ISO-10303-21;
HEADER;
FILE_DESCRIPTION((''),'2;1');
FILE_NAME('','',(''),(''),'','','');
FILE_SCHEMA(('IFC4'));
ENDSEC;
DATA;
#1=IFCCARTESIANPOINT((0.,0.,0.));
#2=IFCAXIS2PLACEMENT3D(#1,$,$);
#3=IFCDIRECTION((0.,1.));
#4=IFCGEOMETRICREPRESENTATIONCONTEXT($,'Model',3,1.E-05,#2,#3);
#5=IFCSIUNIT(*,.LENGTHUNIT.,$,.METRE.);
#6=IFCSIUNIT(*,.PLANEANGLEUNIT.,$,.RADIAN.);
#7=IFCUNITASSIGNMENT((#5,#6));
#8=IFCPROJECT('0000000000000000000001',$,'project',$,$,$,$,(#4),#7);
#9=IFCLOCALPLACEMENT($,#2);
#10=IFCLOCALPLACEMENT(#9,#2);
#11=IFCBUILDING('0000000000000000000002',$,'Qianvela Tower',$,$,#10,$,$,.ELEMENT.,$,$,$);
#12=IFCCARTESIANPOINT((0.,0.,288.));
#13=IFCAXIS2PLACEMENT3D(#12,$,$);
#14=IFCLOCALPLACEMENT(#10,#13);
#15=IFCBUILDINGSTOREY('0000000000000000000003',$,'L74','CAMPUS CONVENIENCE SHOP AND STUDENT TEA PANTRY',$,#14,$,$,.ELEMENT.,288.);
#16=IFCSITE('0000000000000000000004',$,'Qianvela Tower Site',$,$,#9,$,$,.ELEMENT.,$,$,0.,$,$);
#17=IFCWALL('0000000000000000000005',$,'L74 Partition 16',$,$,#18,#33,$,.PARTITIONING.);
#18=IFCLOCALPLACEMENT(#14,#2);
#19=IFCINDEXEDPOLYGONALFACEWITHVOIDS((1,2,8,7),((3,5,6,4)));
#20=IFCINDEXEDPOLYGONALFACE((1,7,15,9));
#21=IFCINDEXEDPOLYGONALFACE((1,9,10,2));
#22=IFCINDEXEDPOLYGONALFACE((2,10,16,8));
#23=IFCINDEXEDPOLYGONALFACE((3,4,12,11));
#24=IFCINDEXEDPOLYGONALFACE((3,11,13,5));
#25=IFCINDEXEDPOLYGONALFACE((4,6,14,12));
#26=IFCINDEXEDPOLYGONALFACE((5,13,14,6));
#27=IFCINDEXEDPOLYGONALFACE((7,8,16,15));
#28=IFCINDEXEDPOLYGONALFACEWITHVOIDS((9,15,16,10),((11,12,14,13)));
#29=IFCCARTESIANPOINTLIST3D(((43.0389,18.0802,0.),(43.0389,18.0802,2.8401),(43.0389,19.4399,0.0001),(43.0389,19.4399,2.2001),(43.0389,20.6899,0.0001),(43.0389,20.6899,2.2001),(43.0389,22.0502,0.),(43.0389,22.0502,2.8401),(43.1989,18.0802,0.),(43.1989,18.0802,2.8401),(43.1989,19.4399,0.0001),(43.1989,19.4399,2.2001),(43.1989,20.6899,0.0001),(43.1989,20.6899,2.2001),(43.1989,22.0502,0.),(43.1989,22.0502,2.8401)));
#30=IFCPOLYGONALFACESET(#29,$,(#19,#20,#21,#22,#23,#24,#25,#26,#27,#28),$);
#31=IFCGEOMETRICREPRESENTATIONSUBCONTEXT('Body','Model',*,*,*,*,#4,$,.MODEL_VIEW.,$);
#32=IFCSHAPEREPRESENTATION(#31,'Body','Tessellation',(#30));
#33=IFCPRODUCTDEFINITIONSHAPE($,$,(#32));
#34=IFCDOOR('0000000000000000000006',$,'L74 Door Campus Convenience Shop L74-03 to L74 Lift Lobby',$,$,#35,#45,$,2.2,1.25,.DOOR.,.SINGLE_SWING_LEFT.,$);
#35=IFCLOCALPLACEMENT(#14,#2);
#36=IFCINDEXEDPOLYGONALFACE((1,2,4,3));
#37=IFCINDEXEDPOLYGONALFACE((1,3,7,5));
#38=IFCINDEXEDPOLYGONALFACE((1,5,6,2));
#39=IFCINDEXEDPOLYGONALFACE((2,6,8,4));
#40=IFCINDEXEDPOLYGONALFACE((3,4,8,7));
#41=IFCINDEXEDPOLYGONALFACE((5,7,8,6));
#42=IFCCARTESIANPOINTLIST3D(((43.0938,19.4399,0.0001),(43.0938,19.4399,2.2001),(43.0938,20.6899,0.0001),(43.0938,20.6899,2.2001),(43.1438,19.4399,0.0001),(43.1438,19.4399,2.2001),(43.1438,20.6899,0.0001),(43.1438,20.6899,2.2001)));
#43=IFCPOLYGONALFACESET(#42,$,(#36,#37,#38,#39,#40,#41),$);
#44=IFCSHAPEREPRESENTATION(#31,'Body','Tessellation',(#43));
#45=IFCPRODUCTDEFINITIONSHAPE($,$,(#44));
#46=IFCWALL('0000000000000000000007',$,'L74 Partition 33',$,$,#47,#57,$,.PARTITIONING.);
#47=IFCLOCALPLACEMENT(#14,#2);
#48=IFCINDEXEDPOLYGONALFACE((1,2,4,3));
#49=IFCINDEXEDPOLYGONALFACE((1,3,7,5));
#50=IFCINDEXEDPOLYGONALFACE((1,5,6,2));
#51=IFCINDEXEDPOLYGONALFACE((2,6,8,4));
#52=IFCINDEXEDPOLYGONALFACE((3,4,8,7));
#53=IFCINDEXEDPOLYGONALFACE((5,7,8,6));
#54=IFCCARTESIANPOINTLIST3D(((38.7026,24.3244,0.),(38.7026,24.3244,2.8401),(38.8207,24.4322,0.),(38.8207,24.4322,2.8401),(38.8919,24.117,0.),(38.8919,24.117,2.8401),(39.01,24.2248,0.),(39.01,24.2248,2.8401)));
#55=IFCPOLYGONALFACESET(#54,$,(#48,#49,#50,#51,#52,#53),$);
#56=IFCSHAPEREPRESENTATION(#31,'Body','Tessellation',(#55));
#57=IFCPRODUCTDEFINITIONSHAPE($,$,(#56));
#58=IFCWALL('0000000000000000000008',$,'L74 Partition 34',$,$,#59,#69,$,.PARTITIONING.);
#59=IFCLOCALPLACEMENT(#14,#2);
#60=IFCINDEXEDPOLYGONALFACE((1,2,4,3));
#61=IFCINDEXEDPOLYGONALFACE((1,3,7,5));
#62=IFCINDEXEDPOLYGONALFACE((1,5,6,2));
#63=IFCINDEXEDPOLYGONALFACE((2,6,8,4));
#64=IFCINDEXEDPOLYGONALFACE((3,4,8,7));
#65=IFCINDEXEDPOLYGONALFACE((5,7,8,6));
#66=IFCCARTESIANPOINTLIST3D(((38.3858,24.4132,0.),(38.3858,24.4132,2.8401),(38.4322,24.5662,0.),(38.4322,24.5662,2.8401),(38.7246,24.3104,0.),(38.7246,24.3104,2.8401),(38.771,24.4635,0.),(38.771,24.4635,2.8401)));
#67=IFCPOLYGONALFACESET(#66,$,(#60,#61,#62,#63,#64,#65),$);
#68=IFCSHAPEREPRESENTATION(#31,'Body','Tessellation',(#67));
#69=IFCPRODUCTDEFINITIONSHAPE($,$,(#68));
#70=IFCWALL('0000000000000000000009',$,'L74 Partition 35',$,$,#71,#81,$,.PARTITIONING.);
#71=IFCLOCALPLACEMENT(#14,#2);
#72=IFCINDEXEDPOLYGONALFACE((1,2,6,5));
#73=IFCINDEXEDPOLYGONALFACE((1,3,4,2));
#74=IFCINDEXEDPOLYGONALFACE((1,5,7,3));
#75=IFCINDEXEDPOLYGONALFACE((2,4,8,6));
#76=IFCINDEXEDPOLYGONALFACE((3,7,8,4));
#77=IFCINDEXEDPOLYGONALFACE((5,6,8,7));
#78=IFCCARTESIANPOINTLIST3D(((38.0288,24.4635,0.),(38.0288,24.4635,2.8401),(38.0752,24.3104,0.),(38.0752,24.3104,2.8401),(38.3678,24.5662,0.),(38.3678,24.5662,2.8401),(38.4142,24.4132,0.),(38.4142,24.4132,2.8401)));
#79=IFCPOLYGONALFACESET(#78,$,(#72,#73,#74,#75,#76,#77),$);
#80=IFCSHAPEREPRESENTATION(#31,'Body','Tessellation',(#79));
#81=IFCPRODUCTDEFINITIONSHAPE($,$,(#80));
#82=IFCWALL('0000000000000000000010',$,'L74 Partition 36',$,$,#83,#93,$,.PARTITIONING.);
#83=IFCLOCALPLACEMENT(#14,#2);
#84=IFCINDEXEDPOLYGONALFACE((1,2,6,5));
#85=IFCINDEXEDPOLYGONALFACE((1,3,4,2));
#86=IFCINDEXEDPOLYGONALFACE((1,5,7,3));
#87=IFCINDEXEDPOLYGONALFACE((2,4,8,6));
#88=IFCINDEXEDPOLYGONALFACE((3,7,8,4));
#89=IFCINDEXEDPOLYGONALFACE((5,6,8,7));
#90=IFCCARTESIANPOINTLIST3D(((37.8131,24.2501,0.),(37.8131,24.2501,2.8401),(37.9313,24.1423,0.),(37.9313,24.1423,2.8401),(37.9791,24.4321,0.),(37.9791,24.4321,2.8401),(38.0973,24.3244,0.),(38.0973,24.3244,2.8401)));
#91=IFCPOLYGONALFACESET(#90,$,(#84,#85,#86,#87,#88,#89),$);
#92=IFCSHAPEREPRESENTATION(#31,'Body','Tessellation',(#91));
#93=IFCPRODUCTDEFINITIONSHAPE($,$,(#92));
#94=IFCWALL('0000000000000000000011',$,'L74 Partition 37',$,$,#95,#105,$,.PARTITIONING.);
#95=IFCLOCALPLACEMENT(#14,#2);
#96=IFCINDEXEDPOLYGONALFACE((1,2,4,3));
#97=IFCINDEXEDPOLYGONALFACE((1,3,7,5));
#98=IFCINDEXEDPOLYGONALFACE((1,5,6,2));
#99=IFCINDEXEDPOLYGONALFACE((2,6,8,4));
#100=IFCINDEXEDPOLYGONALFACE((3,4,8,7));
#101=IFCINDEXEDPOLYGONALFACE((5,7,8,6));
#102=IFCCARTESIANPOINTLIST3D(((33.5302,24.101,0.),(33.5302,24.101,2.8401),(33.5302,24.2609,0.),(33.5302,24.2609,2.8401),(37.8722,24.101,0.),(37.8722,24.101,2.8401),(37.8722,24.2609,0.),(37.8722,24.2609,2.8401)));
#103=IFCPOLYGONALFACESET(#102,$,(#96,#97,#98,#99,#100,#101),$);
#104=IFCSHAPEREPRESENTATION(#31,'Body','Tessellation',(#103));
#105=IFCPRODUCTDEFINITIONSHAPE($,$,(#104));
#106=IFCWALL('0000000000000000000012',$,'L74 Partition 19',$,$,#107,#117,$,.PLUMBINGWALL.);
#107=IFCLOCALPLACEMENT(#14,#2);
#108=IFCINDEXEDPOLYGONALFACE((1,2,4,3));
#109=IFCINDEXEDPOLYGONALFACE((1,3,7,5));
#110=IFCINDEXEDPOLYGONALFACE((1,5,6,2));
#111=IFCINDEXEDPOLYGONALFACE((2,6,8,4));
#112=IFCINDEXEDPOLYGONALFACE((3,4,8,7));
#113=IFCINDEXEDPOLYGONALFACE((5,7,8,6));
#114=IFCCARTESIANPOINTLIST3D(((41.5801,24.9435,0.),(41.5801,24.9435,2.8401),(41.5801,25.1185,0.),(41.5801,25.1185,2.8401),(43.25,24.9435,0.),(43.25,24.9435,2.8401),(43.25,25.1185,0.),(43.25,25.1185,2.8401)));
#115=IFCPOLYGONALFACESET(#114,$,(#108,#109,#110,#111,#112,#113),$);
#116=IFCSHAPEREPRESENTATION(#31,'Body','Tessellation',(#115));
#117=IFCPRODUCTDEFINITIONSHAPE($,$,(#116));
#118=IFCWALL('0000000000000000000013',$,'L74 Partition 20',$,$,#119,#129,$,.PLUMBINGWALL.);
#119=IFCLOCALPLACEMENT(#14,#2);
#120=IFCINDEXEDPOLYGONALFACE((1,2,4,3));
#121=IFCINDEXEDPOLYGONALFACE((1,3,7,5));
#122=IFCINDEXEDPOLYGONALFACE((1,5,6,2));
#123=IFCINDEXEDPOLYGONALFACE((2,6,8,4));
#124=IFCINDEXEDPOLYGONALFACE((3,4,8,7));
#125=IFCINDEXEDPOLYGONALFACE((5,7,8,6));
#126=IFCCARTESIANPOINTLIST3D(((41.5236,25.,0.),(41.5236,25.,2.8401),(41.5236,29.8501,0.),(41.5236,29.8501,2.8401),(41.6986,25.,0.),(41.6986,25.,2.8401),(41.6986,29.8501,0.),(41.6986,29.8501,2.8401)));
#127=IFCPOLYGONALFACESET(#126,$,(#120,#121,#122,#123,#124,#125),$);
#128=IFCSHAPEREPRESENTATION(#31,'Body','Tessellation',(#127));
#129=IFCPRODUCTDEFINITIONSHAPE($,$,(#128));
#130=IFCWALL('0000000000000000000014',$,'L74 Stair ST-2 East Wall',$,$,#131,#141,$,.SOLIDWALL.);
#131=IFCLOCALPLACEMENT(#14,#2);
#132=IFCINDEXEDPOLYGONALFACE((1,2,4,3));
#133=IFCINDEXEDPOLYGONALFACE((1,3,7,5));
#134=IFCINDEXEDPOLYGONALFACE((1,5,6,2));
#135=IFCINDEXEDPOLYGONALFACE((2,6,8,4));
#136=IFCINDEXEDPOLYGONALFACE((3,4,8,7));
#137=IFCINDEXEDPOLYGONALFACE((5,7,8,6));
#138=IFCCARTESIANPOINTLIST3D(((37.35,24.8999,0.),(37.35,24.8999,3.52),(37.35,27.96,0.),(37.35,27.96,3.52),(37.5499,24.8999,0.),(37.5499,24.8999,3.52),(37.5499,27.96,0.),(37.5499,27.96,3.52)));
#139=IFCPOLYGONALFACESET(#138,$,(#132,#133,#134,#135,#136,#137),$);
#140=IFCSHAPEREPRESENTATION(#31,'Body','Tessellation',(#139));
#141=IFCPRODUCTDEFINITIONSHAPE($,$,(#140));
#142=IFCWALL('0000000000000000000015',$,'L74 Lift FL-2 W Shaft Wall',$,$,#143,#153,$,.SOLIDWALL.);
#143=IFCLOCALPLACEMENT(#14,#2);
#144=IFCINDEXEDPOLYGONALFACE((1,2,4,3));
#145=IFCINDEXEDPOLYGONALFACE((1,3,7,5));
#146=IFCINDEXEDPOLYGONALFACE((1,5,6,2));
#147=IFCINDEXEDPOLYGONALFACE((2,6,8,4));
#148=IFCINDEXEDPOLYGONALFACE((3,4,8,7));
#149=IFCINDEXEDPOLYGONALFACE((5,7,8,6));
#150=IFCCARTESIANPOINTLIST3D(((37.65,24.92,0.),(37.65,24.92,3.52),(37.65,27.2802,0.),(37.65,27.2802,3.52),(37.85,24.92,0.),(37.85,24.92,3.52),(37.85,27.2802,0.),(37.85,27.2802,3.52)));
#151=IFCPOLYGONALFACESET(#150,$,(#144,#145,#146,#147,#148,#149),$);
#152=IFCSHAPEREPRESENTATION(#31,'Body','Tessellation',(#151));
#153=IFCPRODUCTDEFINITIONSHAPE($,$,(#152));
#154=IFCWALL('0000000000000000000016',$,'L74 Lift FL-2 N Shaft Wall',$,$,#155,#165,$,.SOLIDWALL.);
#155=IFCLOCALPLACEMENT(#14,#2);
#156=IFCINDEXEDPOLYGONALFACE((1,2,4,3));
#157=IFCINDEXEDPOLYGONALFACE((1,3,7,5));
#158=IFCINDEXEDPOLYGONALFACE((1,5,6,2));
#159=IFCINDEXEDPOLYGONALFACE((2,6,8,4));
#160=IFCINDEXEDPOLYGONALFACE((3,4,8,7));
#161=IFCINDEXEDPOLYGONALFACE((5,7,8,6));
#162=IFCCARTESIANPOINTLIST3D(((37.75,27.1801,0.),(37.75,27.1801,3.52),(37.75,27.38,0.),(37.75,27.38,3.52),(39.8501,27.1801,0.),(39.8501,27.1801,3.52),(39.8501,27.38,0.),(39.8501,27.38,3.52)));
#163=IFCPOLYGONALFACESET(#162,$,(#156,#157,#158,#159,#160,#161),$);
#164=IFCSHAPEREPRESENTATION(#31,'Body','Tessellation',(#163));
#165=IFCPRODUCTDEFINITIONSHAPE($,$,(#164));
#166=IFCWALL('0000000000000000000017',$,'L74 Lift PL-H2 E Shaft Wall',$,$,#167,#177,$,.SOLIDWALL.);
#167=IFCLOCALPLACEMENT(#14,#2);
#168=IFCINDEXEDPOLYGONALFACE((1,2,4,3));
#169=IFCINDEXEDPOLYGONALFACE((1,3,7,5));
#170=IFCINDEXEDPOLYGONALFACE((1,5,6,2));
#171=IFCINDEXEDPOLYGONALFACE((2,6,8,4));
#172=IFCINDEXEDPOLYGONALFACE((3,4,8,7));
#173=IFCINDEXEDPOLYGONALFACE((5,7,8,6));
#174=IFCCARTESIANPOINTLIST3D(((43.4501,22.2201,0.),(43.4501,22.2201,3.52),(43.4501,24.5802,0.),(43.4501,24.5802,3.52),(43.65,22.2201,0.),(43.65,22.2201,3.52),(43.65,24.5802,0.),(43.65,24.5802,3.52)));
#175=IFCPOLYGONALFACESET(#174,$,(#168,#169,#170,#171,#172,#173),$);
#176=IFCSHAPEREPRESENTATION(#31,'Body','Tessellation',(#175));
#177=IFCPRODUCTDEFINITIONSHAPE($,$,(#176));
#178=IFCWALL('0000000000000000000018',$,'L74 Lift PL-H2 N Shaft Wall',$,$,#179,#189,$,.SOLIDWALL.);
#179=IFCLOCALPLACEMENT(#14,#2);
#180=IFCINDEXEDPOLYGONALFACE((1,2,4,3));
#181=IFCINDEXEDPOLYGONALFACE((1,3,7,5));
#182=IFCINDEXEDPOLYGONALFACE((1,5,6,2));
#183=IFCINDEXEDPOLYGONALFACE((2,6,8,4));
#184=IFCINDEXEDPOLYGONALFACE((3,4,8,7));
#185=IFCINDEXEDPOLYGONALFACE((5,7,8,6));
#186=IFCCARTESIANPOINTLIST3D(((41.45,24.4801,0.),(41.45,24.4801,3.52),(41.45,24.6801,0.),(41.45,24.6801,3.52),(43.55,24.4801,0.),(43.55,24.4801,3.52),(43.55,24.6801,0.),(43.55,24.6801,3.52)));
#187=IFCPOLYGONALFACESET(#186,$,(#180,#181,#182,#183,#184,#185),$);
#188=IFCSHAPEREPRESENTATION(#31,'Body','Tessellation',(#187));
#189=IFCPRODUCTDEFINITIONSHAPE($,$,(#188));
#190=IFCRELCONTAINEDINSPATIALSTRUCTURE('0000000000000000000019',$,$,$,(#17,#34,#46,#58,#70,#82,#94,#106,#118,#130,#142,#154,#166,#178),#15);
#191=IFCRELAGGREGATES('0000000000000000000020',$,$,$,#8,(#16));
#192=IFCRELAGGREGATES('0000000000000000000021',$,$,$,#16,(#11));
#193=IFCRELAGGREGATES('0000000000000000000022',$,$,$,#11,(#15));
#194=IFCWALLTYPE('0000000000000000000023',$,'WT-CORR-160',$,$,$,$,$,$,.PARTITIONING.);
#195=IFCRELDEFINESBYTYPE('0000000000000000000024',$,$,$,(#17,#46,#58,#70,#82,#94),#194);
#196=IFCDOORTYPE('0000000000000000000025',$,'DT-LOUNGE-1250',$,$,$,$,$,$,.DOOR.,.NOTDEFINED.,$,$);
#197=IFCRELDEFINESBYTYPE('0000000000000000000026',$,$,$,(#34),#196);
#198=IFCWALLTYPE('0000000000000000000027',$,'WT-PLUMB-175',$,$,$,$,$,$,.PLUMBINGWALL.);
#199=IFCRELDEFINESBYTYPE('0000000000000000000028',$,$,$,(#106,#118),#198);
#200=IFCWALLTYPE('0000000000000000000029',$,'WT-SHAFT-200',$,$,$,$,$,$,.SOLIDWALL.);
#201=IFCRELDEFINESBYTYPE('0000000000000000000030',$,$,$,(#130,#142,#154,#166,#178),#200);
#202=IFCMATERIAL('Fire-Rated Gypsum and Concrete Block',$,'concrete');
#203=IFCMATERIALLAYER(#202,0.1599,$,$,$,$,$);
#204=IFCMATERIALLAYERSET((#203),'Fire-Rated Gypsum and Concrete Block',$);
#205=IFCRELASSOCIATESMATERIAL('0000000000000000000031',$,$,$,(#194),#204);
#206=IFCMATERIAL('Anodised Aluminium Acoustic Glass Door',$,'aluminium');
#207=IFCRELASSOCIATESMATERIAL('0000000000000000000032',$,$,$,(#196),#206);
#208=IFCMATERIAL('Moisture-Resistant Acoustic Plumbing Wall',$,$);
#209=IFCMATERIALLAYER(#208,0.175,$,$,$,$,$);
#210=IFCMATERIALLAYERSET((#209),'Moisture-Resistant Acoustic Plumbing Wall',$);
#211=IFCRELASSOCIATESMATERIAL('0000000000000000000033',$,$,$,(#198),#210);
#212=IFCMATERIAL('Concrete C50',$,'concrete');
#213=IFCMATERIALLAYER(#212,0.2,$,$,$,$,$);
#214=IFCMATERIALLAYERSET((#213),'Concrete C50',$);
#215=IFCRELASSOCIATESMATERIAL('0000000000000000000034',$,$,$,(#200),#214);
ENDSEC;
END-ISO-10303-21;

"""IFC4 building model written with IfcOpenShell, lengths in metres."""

from ifc_helpers import new_model, si_unit, direction, frame, frame_2d, origin, place, context, subcontext, project, spatial, rectangle, extrude, material, layer, layer_set, type_object, element, fill, save


model = new_model("IFC4")

# Units and contexts
model_context = context("Model", 3, precision=1e-05, world=origin(), true_north=direction((0.0, 1.0)))
body_context = subcontext(model_context, "Body", "Model", "MODEL_VIEW")
ifc_project = project(units=[si_unit("LENGTHUNIT", "METRE"), si_unit("PLANEANGLEUNIT", "RADIAN")], contexts=[model_context])

# Site, building, storey
site_placement = place(None, origin())
site = spatial("IfcSite", under=ifc_project, at=site_placement, Name="Qianvela Tower Site", CompositionType="ELEMENT", RefElevation=0.0)
building_placement = place(site_placement, origin())
building = spatial("IfcBuilding", under=site, at=building_placement, Name="Qianvela Tower", CompositionType="ELEMENT")
storey_placement = place(building_placement, frame((0.0, 0.0, 288.0)))
storey = spatial("IfcBuildingStorey", under=building, at=storey_placement, Name="L74", Description="CAMPUS CONVENIENCE SHOP AND STUDENT TEA PANTRY", CompositionType="ELEMENT", Elevation=288.0)

# Shared definitions
ifc_material_1 = material(Name="Fire-Rated Gypsum and Concrete Block", Category="concrete")
ifc_layer_1 = layer(ifc_material_1, 0.1599)
ifc_layer_set_1 = layer_set([ifc_layer_1], Name="Fire-Rated Gypsum and Concrete Block")
wall_type_1 = type_object("IfcWallType", Name="WT-CORR-160", PredefinedType="PARTITIONING", material=ifc_layer_set_1)

# Wall, opening, door
wall_1_placement = place(storey_placement, frame((43.1189, 22.05, 0.0), z_axis=(0.0, 0.0, 1.0), x_axis=(0.0, -1.0, 0.0)))
wall_1 = element("IfcWall", 1, at=wall_1_placement, inside=storey, type_object=wall_type_1, Name="L74 Partition 16", PredefinedType="PARTITIONING", context=body_context, shape_type="SweptSolid", body=[
    extrude(rectangle(XDim=3.97, YDim=0.1599, at=frame_2d((1.9849, 0.0))), origin(), (0.0, 0.0, 1.0), 2.8401),
])
opening_1_placement = place(wall_1_placement, frame((1.3601, 0.0, 0.0)))
opening_1 = element("IfcOpeningElement", 2, at=opening_1_placement, cuts=wall_1, PredefinedType="OPENING", context=body_context, shape_type="SweptSolid", body=[
    extrude(rectangle(XDim=1.25, YDim=2.2, at=frame_2d((0.625, 1.1001))), frame((0.0, 0.0898, 0.0), z_axis=(0.0, -1.0, 0.0), x_axis=(1.0, 0.0, 0.0)), (0.0, 0.0, 1.0), 0.1799),
])
ifc_material_2 = material(Name="Anodised Aluminium Acoustic Glass Door", Category="aluminium")
door_type_1 = type_object("IfcDoorType", Name="DT-LOUNGE-1250", OperationType="NOTDEFINED", PredefinedType="DOOR", material=ifc_material_2)
door_1_placement = place(opening_1_placement, origin())
door_1 = element("IfcDoor", 3, at=door_1_placement, inside=storey, type_object=door_type_1, Name="L74 Door Campus Convenience Shop L74-03 to L74 Lift Lobby", OperationType="SINGLE_SWING_LEFT", OverallHeight=2.2, OverallWidth=1.25, PredefinedType="DOOR", context=body_context, shape_type="SweptSolid", body=[
    extrude(rectangle(XDim=1.25, YDim=2.2, at=frame_2d((0.625, 1.1001))), frame((0.0, 0.0249, 0.0), z_axis=(0.0, -1.0, 0.0), x_axis=(1.0, 0.0, 0.0)), (0.0, 0.0, 1.0), 0.05),
])
fill(opening_1, door_1)

# Walls
wall_2_placement = place(storey_placement, frame((38.9509, 24.1709, 0.0), z_axis=(0.0, 0.0, 1.0), x_axis=(-0.674187, 0.738561, 0.0)))
element("IfcWall", 4, at=wall_2_placement, inside=storey, type_object=wall_type_1, Name="L74 Partition 33", PredefinedType="PARTITIONING", context=body_context, shape_type="SweptSolid", body=[
    extrude(rectangle(XDim=0.2808, YDim=0.1599, at=frame_2d((0.1404, 0.0))), origin(), (0.0, 0.0, 1.0), 2.8401),
])
wall_3_placement = place(storey_placement, frame((38.7478, 24.387, 0.0), z_axis=(0.0, 0.0, 1.0), x_axis=(-0.956949, 0.290256, 0.0)))
element("IfcWall", 5, at=wall_3_placement, inside=storey, type_object=wall_type_1, Name="L74 Partition 34", PredefinedType="PARTITIONING", context=body_context, shape_type="SweptSolid", body=[
    extrude(rectangle(XDim=0.354, YDim=0.1599, at=frame_2d((0.177, 0.0))), origin(), (0.0, 0.0, 1.0), 2.8401),
])
wall_4_placement = place(storey_placement, frame((38.3911, 24.4897, 0.0), z_axis=(0.0, 0.0, 1.0), x_axis=(-0.957007, -0.290065, 0.0)))
element("IfcWall", 6, at=wall_4_placement, inside=storey, type_object=wall_type_1, Name="L74 Partition 35", PredefinedType="PARTITIONING", context=body_context, shape_type="SweptSolid", body=[
    extrude(rectangle(XDim=0.3542, YDim=0.1599, at=frame_2d((0.1772, 0.0))), origin(), (0.0, 0.0, 1.0), 2.8401),
])
wall_5_placement = place(storey_placement, frame((38.0381, 24.3782, 0.0), z_axis=(0.0, 0.0, 1.0), x_axis=(-0.673658, -0.739043, 0.0)))
element("IfcWall", 7, at=wall_5_placement, inside=storey, type_object=wall_type_1, Name="L74 Partition 36", PredefinedType="PARTITIONING", context=body_context, shape_type="SweptSolid", body=[
    extrude(rectangle(XDim=0.2463, YDim=0.1599, at=frame_2d((0.123, 0.0))), origin(), (0.0, 0.0, 1.0), 2.8401),
])
wall_6_placement = place(storey_placement, frame((37.8721, 24.1809, 0.0), z_axis=(0.0, 0.0, 1.0), x_axis=(-1.0, 0.0, 0.0)))
element("IfcWall", 8, at=wall_6_placement, inside=storey, type_object=wall_type_1, Name="L74 Partition 37", PredefinedType="PARTITIONING", context=body_context, shape_type="SweptSolid", body=[
    extrude(rectangle(XDim=4.342, YDim=0.1599, at=frame_2d((2.1709, 0.0))), origin(), (0.0, 0.0, 1.0), 2.8401),
])
ifc_material_3 = material(Name="Moisture-Resistant Acoustic Plumbing Wall")
ifc_layer_2 = layer(ifc_material_3, 0.175)
ifc_layer_set_2 = layer_set([ifc_layer_2], Name="Moisture-Resistant Acoustic Plumbing Wall")
wall_type_2 = type_object("IfcWallType", Name="WT-PLUMB-175", PredefinedType="PLUMBINGWALL", material=ifc_layer_set_2)
wall_7_placement = place(storey_placement, frame((43.25, 25.031, 0.0), z_axis=(0.0, 0.0, 1.0), x_axis=(-1.0, 0.0, 0.0)))
element("IfcWall", 9, at=wall_7_placement, inside=storey, type_object=wall_type_2, Name="L74 Partition 19", PredefinedType="PLUMBINGWALL", context=body_context, shape_type="SweptSolid", body=[
    extrude(rectangle(XDim=1.6699, YDim=0.175, at=frame_2d((0.835, 0.0))), origin(), (0.0, 0.0, 1.0), 2.8401),
])
wall_8_placement = place(storey_placement, frame((41.6111, 25.0, 0.0), z_axis=(0.0, 0.0, 1.0), x_axis=(0.0, 1.0, 0.0)))
element("IfcWall", 10, at=wall_8_placement, inside=storey, type_object=wall_type_2, Name="L74 Partition 20", PredefinedType="PLUMBINGWALL", context=body_context, shape_type="SweptSolid", body=[
    extrude(rectangle(XDim=4.8501, YDim=0.175, at=frame_2d((2.425, 0.0))), origin(), (0.0, 0.0, 1.0), 2.8401),
])
ifc_material_4 = material(Name="Concrete C50", Category="concrete")
ifc_layer_3 = layer(ifc_material_4, 0.2)
ifc_layer_set_3 = layer_set([ifc_layer_3], Name="Concrete C50")
wall_type_3 = type_object("IfcWallType", Name="WT-SHAFT-200", PredefinedType="SOLIDWALL", material=ifc_layer_set_3)
wall_9_placement = place(storey_placement, frame((37.45, 24.8999, 0.0), z_axis=(0.0, 0.0, 1.0), x_axis=(0.0, 1.0, 0.0)))
element("IfcWall", 11, at=wall_9_placement, inside=storey, type_object=wall_type_3, Name="L74 Stair ST-2 East Wall", PredefinedType="SOLIDWALL", context=body_context, shape_type="SweptSolid", body=[
    extrude(rectangle(XDim=3.0601, YDim=0.2, at=frame_2d((1.53, 0.0))), origin(), (0.0, 0.0, 1.0), 3.52),
])

# Walls
wall_10_placement = place(storey_placement, frame((37.75, 24.9199, 0.0), z_axis=(0.0, 0.0, 1.0), x_axis=(0.0, 1.0, 0.0)))
element("IfcWall", 12, at=wall_10_placement, inside=storey, type_object=wall_type_3, Name="L74 Lift FL-2 W Shaft Wall", PredefinedType="SOLIDWALL", context=body_context, shape_type="SweptSolid", body=[
    extrude(rectangle(XDim=2.3601, YDim=0.2, at=frame_2d((1.1802, 0.0))), origin(), (0.0, 0.0, 1.0), 3.52),
])
wall_11_placement = place(storey_placement, frame((37.75, 27.28, 0.0), z_axis=(0.0, 0.0, 1.0), x_axis=(1.0, 0.0, 0.0)))
element("IfcWall", 13, at=wall_11_placement, inside=storey, type_object=wall_type_3, Name="L74 Lift FL-2 N Shaft Wall", PredefinedType="SOLIDWALL", context=body_context, shape_type="SweptSolid", body=[
    extrude(rectangle(XDim=2.1001, YDim=0.2, at=frame_2d((1.05, 0.0))), origin(), (0.0, 0.0, 1.0), 3.52),
])
wall_12_placement = place(storey_placement, frame((43.55, 22.22, 0.0), z_axis=(0.0, 0.0, 1.0), x_axis=(0.0, 1.0, 0.0)))
element("IfcWall", 14, at=wall_12_placement, inside=storey, type_object=wall_type_3, Name="L74 Lift PL-H2 E Shaft Wall", PredefinedType="SOLIDWALL", context=body_context, shape_type="SweptSolid", body=[
    extrude(rectangle(XDim=2.3601, YDim=0.2, at=frame_2d((1.1802, 0.0))), origin(), (0.0, 0.0, 1.0), 3.52),
])

# Wall
for number, where, z_axis, x_axis, name in (
    (15, (41.45, 24.5801, 0.0), (0.0, 0.0, 1.0), (1.0, 0.0, 0.0), "L74 Lift PL-H2 N Shaft Wall"),
):
    element("IfcWall", number, at=place(storey_placement, frame(where, z_axis=z_axis, x_axis=x_axis)), inside=storey, type_object=wall_type_3, Name=name, PredefinedType="SOLIDWALL", context=body_context, shape_type="SweptSolid", body=[
        extrude(rectangle(XDim=2.1001, YDim=0.2, at=frame_2d((1.05, 0.0))), origin(), (0.0, 0.0, 1.0), 3.52),
    ])

save(model, "model.ifc")
